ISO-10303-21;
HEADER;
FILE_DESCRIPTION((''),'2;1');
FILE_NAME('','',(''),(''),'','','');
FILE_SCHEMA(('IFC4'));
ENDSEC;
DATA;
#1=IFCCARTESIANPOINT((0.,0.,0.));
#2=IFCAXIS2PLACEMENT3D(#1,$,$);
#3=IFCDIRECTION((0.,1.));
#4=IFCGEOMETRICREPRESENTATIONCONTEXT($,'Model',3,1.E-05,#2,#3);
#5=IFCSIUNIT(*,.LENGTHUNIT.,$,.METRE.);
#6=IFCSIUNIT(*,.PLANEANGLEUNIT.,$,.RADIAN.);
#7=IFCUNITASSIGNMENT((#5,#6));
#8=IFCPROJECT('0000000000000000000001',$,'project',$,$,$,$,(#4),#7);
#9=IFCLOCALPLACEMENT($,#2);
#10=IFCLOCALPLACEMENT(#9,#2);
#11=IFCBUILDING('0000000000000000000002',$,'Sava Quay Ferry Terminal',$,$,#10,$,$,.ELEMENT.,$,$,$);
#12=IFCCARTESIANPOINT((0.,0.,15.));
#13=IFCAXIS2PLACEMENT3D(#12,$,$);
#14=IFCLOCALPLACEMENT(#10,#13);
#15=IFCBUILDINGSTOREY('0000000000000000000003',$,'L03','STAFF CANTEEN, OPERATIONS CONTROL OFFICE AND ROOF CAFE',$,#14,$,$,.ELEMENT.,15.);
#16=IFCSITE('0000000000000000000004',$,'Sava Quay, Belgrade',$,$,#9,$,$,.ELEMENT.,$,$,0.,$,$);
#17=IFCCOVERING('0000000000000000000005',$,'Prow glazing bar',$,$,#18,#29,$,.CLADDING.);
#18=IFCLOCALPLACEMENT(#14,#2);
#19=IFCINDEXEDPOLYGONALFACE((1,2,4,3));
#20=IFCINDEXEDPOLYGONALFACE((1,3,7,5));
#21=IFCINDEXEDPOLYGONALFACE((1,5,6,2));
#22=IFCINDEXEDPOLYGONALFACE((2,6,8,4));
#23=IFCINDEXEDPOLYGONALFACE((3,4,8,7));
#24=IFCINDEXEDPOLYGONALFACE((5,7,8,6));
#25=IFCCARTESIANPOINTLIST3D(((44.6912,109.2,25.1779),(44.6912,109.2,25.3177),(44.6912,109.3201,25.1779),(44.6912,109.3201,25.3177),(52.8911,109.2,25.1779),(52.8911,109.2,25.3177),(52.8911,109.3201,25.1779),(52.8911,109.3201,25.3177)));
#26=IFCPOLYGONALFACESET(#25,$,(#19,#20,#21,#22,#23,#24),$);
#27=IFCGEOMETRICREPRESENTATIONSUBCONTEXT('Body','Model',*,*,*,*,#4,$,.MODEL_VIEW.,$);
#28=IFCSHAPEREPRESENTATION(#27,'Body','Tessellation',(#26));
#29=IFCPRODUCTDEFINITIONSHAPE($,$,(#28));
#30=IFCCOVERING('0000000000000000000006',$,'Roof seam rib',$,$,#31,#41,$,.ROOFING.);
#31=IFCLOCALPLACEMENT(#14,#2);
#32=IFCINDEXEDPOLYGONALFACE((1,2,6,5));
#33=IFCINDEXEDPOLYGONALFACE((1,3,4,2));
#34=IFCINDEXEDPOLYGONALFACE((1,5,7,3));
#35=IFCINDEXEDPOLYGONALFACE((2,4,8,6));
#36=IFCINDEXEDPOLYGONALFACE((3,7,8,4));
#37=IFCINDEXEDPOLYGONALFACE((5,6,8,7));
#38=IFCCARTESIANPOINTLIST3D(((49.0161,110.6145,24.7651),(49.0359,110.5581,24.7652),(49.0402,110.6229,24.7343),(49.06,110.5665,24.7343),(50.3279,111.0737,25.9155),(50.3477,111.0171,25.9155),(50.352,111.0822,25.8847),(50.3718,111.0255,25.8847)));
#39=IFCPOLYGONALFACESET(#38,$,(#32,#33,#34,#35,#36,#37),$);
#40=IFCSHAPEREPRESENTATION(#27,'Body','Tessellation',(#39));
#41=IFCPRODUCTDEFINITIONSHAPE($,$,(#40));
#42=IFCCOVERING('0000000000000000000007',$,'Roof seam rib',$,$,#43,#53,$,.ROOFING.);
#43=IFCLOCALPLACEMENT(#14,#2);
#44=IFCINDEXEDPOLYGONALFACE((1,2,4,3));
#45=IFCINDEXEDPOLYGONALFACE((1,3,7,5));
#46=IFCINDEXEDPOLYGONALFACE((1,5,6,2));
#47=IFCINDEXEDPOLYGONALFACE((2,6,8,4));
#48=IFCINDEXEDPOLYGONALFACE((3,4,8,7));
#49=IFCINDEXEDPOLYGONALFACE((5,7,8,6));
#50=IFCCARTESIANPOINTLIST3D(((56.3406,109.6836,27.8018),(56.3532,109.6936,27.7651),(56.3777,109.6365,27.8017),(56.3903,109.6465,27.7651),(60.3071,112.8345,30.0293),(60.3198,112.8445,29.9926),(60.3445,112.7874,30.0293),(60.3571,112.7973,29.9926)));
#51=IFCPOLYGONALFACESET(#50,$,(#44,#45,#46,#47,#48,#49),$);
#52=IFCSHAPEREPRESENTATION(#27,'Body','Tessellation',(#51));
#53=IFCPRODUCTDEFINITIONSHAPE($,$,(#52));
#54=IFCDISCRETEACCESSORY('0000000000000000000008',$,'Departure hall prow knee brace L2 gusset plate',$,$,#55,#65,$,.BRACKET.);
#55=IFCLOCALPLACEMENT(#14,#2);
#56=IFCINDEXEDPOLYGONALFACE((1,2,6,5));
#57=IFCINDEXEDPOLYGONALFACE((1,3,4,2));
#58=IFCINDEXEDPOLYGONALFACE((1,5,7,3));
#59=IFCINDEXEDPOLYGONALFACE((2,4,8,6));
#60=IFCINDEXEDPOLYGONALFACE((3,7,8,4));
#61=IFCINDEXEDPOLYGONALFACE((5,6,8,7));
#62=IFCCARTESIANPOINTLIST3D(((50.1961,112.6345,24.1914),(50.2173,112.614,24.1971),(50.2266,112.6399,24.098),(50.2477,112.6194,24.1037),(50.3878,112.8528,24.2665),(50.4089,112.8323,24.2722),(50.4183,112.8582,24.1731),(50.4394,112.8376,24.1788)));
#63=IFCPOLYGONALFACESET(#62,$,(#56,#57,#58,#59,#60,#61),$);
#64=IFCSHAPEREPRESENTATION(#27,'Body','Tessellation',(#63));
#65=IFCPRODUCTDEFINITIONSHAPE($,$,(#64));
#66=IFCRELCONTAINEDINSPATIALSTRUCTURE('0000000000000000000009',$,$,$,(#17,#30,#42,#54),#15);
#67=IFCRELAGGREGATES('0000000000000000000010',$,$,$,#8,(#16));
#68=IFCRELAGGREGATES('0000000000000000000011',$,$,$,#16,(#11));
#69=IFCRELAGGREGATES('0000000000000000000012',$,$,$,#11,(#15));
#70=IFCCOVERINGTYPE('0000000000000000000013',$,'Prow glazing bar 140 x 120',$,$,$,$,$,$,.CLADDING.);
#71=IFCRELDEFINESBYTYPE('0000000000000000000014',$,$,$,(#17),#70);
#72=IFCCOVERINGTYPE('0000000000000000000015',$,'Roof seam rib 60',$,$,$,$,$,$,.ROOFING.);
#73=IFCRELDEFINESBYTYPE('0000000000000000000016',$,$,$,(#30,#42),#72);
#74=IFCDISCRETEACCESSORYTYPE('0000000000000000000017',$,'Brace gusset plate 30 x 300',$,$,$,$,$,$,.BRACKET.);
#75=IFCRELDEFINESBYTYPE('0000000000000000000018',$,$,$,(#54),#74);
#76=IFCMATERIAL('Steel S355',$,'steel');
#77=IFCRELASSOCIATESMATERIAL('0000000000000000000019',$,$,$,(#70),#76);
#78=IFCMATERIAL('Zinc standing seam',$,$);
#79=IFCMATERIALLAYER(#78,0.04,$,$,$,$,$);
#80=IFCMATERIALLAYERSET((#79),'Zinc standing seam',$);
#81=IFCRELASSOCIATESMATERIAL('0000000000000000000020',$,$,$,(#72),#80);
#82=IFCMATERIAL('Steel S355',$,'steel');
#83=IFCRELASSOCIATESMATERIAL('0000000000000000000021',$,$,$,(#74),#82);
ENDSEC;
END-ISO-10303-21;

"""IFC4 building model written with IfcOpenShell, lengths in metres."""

from ifc_helpers import new_model, si_unit, direction, frame, origin, origin_2d, place, context, subcontext, project, spatial, polyline, rectangle, outline, extrude, material, layer, layer_set, material_profile, profile_set, type_object, element, save


model = new_model("IFC4")

# Units and contexts
model_context = context("Model", 3, precision=1e-05, world=origin(), true_north=direction((0.0, 1.0)))
body_context = subcontext(model_context, "Body", "Model", "MODEL_VIEW")
ifc_project = project(units=[si_unit("LENGTHUNIT", "METRE"), si_unit("PLANEANGLEUNIT", "RADIAN")], contexts=[model_context])

# Site, building, storey
site_placement = place(None, origin())
site = spatial("IfcSite", under=ifc_project, at=site_placement, Name="Sava Quay, Belgrade", CompositionType="ELEMENT", RefElevation=0.0)
building_placement = place(site_placement, origin())
building = spatial("IfcBuilding", under=site, at=building_placement, Name="Sava Quay Ferry Terminal", CompositionType="ELEMENT")
storey_placement = place(building_placement, frame((0.0, 0.0, 15.0)))
storey = spatial("IfcBuildingStorey", under=building, at=storey_placement, Name="L03", Description="STAFF CANTEEN, OPERATIONS CONTROL OFFICE AND ROOF CAFE", CompositionType="ELEMENT", Elevation=15.0)

# Coverings
ifc_material_1 = material(Name="Steel S355", Category="steel")
ifc_material_profile_1 = material_profile(ifc_material_1, rectangle(XDim=0.1399, YDim=0.1201, at=origin_2d()), Name="Strip 140 x 120")
ifc_profile_set_1 = profile_set([ifc_material_profile_1], Name="Steel S355")
covering_type_1 = type_object("IfcCoveringType", Name="Prow glazing bar 140 x 120", PredefinedType="CLADDING", material=ifc_profile_set_1)
covering_1_placement = place(storey_placement, frame((52.8911, 109.26, 25.2478), z_axis=(-1.0, 0.0, 0.0), x_axis=(0.0, 0.0, 1.0)))
element("IfcCovering", 1, at=covering_1_placement, inside=storey, type_object=covering_type_1, Name="Prow glazing bar", PredefinedType="CLADDING", context=body_context, shape_type="SweptSolid", body=[
    extrude(rectangle(XDim=0.1399, YDim=0.1201, at=origin_2d()), origin(), (0.0, 0.0, 1.0), 8.2),
])
ifc_material_2 = material(Name="Zinc standing seam")
ifc_layer = layer(ifc_material_2, 0.04)
ifc_layer_set = layer_set([ifc_layer], Name="Zinc standing seam")
covering_type_2 = type_object("IfcCoveringType", Name="Roof seam rib 60", PredefinedType="ROOFING", material=ifc_layer_set)
covering_2_placement = place(storey_placement, frame((49.0161, 110.6145, 24.7651), z_axis=(-0.601862, -0.210587, 0.770334), x_axis=(0.727067, 0.254535, 0.63764)))
element("IfcCovering", 2, at=covering_2_placement, inside=storey, type_object=covering_type_2, Name="Roof seam rib", PredefinedType="ROOFING", context=body_context, shape_type="SweptSolid", body=[
    extrude(outline(polyline([(0.0, 0.0), (1.8042, 0.0), (1.8041, -0.06), (0.0, -0.0598), (0.0, 0.0)])), origin(), (0.0, 0.0, -1.0), 0.04),
])
covering_3_placement = place(storey_placement, frame((56.3406, 109.6836, 27.8018), z_axis=(-0.31583, -0.249555, 0.915409), x_axis=(0.716782, 0.569384, 0.402523)))
element("IfcCovering", 3, at=covering_3_placement, inside=storey, type_object=covering_type_2, Name="Roof seam rib", PredefinedType="ROOFING", context=body_context, shape_type="SweptSolid", body=[
    extrude(outline(polyline([(0.0, 0.0), (5.5339, 0.0), (5.5338, -0.0601), (-0.0002, -0.06), (0.0, 0.0)])), origin(), (0.0, 0.0, -1.0), 0.04),
])

# Discrete accessory
ifc_material_3 = material(Name="Steel S355", Category="steel")
ifc_material_profile_2 = material_profile(ifc_material_3, rectangle(XDim=0.3, YDim=0.03, at=origin_2d()), Name="Plate 300 x 30")
ifc_profile_set_2 = profile_set([ifc_material_profile_2], Name="Steel S355")
discrete_accessory_type = type_object("IfcDiscreteAccessoryType", Name="Brace gusset plate 30 x 300", PredefinedType="BRACKET", material=ifc_profile_set_2)
discrete_accessory_placement = place(storey_placement, frame((50.333, 112.7388, 24.1384), z_axis=(-0.309803, -0.054525, 0.949236), x_axis=(-0.638868, -0.727462, -0.250294)))
element("IfcDiscreteAccessory", 4, at=discrete_accessory_placement, inside=storey, type_object=discrete_accessory_type, Name="Departure hall prow knee brace L2 gusset plate", PredefinedType="BRACKET", context=body_context, shape_type="SweptSolid", body=[
    extrude(rectangle(XDim=0.3, YDim=0.03, at=origin_2d()), origin(), (0.0, 0.0, 1.0), 0.0984),
])

save(model, "model.ifc")
